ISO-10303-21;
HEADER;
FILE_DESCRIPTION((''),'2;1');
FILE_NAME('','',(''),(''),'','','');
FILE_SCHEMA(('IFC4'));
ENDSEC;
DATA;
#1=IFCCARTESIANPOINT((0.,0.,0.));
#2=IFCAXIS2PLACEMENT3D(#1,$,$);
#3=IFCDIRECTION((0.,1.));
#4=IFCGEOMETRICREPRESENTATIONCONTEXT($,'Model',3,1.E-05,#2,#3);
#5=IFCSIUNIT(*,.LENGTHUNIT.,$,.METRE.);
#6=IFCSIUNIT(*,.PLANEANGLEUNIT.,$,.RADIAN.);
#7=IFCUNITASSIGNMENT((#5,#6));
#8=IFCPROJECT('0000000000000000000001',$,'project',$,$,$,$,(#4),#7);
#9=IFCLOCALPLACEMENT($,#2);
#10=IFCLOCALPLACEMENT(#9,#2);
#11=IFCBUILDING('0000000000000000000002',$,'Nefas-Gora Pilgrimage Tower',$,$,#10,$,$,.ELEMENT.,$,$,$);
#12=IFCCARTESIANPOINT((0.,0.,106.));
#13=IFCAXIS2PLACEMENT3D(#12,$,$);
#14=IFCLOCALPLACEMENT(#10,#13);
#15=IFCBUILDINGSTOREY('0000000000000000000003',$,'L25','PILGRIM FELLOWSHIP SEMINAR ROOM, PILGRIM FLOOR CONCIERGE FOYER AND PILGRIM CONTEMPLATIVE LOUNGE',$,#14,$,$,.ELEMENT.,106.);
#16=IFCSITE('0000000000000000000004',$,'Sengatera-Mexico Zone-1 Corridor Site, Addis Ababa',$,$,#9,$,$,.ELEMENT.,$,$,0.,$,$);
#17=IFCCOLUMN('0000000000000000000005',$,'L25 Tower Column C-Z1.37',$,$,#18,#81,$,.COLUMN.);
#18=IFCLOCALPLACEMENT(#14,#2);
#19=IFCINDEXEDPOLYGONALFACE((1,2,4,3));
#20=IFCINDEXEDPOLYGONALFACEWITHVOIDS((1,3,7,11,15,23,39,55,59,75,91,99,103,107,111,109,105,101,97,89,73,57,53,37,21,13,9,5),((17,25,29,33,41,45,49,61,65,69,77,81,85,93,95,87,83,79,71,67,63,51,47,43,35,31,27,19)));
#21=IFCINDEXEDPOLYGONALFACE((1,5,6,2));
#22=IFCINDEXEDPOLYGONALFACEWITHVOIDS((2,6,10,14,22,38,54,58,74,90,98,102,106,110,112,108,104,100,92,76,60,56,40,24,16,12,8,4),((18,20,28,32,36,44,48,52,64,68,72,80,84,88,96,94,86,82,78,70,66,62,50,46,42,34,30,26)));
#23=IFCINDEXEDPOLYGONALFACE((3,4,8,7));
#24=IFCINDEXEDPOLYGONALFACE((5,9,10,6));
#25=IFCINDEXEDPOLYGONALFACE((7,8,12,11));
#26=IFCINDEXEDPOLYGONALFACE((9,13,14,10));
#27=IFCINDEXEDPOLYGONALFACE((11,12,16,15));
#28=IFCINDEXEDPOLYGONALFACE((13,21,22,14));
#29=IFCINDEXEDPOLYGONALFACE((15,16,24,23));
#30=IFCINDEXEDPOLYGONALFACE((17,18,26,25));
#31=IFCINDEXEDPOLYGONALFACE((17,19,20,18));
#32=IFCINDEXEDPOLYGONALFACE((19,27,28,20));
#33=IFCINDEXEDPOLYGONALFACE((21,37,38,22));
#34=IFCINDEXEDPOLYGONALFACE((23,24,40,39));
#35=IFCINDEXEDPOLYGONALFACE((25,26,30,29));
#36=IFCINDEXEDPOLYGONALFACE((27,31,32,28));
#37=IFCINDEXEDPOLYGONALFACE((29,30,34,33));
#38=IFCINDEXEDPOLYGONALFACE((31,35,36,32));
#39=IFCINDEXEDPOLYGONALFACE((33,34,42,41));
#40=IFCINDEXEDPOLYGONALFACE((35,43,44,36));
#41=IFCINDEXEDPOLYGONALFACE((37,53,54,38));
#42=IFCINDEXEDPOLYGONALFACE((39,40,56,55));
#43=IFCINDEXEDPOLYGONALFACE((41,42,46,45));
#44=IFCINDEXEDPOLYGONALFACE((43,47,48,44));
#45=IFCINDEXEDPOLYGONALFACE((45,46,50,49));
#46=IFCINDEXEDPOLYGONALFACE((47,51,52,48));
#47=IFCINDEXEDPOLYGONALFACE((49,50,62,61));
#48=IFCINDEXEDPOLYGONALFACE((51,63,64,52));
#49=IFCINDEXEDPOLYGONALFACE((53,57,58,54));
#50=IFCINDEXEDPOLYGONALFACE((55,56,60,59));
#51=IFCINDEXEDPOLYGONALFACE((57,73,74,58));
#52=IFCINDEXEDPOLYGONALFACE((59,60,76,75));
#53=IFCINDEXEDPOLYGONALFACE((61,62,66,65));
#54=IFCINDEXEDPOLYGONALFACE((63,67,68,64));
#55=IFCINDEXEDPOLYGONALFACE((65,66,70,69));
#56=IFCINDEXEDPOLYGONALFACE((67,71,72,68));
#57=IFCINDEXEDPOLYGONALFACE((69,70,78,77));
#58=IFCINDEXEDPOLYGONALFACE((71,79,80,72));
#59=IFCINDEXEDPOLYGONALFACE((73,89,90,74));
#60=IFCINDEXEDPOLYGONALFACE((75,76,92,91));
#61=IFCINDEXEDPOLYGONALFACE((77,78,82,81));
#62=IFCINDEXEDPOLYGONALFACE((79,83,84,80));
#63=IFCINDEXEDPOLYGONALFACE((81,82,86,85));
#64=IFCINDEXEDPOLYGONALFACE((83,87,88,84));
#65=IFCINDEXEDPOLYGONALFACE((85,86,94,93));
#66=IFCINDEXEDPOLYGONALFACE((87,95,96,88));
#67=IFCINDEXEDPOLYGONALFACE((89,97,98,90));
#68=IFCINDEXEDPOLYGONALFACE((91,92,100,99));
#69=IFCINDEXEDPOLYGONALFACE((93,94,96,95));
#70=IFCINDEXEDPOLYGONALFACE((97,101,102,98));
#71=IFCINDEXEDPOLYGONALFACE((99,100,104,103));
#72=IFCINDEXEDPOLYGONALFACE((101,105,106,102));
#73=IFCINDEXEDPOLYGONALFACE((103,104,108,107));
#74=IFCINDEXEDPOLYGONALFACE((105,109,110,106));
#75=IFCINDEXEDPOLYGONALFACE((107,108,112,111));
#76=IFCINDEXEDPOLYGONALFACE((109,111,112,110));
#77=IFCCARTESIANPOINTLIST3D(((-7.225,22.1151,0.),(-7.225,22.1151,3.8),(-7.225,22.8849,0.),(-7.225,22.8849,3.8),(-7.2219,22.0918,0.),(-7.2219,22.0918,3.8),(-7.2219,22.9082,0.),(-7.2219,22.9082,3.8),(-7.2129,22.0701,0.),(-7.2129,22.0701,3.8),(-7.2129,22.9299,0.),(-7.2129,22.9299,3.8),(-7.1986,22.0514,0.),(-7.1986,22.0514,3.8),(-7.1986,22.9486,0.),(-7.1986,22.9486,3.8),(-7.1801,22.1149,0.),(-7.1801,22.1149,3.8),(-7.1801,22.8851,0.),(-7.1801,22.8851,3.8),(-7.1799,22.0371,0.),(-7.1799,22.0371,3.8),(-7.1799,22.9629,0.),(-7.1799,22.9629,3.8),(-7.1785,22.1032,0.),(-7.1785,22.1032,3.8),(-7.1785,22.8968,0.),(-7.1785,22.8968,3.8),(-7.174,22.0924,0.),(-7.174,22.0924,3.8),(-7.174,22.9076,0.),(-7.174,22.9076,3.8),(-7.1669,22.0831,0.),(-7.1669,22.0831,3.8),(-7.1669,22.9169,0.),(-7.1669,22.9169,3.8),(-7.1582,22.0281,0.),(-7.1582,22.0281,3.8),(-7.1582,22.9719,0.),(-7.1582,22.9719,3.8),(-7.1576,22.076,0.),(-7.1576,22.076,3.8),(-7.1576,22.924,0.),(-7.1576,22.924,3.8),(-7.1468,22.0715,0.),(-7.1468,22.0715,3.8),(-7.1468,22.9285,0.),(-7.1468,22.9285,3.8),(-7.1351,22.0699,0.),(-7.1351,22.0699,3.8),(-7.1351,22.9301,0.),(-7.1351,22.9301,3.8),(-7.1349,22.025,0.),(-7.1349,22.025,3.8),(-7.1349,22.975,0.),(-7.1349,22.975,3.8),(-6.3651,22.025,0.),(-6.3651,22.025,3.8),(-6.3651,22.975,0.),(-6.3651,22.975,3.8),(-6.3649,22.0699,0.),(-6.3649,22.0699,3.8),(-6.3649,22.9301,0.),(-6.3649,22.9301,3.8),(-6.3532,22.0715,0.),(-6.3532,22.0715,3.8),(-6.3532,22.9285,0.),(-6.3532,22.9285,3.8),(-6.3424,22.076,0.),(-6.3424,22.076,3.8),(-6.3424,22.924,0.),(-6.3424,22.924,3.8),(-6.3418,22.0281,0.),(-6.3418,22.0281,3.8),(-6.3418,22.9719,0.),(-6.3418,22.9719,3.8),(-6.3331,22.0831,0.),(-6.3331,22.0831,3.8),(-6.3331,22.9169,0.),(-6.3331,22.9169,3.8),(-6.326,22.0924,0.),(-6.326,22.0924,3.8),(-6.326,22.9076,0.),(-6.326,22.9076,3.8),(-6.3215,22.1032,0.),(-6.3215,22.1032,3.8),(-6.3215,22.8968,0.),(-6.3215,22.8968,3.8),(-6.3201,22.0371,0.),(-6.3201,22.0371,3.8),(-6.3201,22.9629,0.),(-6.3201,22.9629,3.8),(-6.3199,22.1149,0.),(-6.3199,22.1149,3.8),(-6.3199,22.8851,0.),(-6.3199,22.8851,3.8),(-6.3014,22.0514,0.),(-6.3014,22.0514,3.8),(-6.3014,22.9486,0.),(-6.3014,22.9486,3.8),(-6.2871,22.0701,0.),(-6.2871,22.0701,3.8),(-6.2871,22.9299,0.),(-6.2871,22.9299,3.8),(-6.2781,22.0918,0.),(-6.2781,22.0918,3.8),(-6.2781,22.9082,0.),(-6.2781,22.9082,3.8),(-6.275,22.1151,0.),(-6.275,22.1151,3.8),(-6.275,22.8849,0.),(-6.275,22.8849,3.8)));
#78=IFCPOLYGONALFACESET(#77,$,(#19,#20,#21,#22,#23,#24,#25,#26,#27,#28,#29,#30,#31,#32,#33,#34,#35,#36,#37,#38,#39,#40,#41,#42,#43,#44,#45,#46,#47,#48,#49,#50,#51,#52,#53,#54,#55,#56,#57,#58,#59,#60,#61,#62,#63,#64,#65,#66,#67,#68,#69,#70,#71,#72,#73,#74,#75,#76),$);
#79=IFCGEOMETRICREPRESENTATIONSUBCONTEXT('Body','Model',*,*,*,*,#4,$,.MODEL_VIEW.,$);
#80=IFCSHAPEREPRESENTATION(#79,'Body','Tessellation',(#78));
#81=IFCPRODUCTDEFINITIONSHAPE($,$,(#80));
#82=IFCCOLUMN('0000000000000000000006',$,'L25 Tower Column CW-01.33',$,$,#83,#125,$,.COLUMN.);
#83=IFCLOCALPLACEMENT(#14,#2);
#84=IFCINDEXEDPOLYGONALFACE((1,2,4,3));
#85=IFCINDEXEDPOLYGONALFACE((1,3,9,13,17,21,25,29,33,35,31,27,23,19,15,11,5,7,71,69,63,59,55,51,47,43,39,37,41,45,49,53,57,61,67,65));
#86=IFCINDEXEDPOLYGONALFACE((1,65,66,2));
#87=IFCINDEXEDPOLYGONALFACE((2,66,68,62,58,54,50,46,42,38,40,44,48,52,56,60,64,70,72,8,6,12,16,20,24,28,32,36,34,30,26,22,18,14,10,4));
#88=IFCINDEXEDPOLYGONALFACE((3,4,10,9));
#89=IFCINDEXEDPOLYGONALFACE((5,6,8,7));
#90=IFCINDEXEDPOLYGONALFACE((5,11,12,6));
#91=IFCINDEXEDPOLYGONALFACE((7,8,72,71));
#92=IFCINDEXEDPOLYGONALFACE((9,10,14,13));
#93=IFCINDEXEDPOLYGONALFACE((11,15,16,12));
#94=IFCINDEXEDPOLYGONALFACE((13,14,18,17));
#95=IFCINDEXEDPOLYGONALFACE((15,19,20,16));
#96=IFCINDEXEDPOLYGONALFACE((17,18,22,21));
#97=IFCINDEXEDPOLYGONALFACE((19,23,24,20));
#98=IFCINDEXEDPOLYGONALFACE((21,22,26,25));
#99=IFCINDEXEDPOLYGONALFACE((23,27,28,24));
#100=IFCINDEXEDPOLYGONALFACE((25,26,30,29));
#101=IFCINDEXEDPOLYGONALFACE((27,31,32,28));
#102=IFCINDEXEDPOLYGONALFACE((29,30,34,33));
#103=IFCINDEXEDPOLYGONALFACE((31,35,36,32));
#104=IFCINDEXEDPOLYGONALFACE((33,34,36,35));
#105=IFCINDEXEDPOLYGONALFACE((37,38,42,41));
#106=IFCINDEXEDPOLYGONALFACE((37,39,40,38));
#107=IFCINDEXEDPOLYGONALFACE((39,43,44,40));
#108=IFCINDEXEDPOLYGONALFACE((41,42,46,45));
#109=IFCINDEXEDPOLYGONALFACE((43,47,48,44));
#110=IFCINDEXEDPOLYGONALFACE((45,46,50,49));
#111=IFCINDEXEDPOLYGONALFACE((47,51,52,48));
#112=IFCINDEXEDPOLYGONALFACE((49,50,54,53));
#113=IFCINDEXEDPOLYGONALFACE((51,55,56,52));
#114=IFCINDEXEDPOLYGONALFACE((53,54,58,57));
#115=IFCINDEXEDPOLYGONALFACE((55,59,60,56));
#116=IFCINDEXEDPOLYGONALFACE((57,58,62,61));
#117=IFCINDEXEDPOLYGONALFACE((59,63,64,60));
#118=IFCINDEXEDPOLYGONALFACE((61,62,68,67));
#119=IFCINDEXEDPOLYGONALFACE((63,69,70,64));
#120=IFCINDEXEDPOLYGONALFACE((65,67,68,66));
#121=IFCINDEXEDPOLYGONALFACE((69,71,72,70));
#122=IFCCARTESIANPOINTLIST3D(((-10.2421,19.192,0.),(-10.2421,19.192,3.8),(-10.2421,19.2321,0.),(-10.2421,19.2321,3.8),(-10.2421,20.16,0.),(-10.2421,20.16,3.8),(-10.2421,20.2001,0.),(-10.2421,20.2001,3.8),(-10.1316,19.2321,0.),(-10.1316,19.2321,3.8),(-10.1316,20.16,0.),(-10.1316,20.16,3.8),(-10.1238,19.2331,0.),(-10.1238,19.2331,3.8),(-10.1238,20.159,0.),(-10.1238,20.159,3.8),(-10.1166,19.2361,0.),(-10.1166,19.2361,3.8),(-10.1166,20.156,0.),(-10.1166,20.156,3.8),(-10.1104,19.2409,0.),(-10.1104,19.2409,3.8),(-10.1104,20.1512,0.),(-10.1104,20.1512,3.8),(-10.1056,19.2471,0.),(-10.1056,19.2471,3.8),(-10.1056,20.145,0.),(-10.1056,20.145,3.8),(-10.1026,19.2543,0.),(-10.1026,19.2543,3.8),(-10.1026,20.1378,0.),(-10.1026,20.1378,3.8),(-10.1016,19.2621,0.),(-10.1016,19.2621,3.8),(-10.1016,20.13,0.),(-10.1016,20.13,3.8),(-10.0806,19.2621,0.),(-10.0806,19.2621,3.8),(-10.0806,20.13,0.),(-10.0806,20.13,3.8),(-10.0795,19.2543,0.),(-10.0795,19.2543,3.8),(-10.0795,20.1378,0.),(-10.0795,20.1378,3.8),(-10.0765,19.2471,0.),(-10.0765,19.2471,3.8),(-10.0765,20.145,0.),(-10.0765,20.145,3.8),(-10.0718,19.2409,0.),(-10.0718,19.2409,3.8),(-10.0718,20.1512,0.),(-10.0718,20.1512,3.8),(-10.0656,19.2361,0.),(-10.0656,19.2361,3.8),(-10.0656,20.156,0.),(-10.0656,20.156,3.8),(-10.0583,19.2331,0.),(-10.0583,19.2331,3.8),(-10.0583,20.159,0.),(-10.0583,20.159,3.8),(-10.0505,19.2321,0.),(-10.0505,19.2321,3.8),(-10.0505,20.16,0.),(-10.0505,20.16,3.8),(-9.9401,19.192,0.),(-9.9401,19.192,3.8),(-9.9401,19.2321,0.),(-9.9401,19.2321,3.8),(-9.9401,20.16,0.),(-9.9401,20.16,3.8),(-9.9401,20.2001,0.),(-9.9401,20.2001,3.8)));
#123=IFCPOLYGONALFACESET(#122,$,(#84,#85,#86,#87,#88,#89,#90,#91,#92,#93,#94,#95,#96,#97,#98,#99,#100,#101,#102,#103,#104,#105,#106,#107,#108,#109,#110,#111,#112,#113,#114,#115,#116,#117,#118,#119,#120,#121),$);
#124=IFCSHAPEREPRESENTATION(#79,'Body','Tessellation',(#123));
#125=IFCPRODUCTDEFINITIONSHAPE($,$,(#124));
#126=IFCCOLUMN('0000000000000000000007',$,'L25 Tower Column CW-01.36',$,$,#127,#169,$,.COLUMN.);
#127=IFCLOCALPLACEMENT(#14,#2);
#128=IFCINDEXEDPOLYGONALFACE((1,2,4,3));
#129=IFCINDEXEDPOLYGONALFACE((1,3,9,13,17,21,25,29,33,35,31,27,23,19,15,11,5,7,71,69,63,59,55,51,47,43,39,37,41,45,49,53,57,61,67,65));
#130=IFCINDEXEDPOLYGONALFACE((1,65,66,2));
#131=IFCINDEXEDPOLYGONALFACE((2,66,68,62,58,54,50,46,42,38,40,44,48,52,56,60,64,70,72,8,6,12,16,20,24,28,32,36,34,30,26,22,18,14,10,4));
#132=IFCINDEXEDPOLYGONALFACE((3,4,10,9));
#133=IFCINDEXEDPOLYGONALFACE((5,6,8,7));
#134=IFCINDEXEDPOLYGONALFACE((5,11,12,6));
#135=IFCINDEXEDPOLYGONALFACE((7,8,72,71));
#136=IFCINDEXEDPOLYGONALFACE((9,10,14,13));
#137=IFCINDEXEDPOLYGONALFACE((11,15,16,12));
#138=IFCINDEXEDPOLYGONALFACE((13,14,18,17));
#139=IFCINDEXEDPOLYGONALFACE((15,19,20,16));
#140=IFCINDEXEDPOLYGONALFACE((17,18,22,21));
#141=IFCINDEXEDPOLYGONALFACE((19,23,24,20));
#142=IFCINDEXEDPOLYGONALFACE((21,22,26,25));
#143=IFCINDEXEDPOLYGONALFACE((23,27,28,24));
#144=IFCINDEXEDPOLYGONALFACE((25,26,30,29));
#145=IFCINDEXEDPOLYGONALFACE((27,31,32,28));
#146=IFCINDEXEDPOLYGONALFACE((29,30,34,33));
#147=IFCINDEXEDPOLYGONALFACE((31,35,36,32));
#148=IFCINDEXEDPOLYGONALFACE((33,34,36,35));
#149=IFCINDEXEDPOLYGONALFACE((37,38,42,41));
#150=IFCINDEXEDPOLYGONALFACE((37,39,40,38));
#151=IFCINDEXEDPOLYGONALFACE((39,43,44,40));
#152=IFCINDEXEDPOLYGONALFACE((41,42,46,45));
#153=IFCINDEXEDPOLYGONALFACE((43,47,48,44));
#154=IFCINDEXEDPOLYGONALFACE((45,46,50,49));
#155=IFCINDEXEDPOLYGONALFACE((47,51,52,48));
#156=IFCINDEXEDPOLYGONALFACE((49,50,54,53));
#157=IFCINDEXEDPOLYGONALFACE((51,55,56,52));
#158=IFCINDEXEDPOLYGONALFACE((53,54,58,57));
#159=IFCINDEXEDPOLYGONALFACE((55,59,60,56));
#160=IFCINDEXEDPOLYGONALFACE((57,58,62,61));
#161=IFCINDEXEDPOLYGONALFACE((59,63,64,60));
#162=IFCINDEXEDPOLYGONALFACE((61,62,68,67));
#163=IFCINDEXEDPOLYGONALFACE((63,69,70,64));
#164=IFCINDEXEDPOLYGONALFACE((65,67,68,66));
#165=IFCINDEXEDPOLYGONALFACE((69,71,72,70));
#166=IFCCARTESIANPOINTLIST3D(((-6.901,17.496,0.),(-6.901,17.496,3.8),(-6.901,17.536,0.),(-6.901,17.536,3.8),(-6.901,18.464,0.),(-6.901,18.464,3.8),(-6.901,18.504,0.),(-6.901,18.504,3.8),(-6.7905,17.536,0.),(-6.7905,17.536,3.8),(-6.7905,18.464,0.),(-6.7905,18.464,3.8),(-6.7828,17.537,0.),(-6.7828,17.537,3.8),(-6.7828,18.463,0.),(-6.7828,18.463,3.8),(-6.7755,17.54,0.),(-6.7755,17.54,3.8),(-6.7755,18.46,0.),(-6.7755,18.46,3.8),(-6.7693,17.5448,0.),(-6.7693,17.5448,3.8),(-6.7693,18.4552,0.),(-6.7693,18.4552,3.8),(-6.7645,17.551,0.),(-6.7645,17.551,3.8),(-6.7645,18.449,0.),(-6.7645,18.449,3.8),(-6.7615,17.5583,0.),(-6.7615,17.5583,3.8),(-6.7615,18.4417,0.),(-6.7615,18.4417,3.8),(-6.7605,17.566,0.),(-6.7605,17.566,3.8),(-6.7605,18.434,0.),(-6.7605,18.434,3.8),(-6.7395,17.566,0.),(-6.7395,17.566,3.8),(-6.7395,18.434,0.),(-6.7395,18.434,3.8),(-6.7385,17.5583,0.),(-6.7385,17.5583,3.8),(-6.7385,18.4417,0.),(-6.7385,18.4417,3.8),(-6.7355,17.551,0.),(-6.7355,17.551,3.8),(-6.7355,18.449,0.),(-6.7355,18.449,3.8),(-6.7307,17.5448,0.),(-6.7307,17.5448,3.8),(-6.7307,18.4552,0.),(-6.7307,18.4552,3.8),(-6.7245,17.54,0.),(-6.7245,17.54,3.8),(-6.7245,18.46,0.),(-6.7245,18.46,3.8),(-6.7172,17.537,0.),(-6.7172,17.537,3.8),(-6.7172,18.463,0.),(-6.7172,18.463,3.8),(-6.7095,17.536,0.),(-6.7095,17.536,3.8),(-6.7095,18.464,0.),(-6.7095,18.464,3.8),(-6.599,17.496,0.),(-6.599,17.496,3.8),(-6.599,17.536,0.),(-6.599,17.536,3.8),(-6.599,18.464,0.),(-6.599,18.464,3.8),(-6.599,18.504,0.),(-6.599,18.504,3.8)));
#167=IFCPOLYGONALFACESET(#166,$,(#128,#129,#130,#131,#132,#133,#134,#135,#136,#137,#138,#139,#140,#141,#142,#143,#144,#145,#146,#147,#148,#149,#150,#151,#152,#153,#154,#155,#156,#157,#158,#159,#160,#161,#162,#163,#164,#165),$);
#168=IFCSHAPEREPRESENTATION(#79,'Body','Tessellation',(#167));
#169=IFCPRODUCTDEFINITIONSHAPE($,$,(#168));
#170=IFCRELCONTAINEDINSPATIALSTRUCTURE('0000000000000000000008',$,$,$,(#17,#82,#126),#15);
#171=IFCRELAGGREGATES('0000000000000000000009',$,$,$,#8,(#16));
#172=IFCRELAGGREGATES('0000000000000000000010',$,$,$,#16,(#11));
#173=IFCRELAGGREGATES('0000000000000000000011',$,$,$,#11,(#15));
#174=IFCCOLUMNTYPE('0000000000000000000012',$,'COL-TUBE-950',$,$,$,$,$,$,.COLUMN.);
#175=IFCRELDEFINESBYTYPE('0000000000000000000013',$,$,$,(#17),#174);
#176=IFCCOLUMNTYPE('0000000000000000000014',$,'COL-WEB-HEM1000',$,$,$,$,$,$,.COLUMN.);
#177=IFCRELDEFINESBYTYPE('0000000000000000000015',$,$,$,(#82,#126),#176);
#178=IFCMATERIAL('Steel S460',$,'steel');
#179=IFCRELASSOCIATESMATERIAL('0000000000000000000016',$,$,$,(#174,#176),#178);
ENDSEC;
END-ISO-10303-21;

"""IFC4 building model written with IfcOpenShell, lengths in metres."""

from ifc_helpers import new_model, si_unit, direction, frame, origin, origin_2d, place, context, subcontext, project, spatial, hollow_rectangle, i_section, extrude, source, transform, mapped, material, material_profile, profile_set, type_object, element, save


model = new_model("IFC4")

# Units and contexts
model_context = context("Model", 3, precision=1e-05, world=origin(), true_north=direction((0.0, 1.0)))
body_context = subcontext(model_context, "Body", "Model", "MODEL_VIEW")
ifc_project = project(units=[si_unit("LENGTHUNIT", "METRE"), si_unit("PLANEANGLEUNIT", "RADIAN")], contexts=[model_context])

# Site, building, storey
site_placement = place(None, origin())
site = spatial("IfcSite", under=ifc_project, at=site_placement, Name="Sengatera-Mexico Zone-1 Corridor Site, Addis Ababa", CompositionType="ELEMENT", RefElevation=0.0)
building_placement = place(site_placement, origin())
building = spatial("IfcBuilding", under=site, at=building_placement, Name="Nefas-Gora Pilgrimage Tower", CompositionType="ELEMENT")
storey_placement = place(building_placement, frame((0.0, 0.0, 106.0)))
storey = spatial("IfcBuildingStorey", under=building, at=storey_placement, Name="L25", Description="PILGRIM FELLOWSHIP SEMINAR ROOM, PILGRIM FLOOR CONCIERGE FOYER AND PILGRIM CONTEMPLATIVE LOUNGE", CompositionType="ELEMENT", Elevation=106.0)

# Columns
ifc_material_1 = material(Name="Steel S460", Category="steel")
ifc_material_profile_1 = material_profile(ifc_material_1, hollow_rectangle(XDim=0.95, YDim=0.95, WallThickness=0.0449, InnerFilletRadius=0.0449, OuterFilletRadius=0.0901, at=origin_2d()), Name="BOX 950x950x45")
ifc_profile_set_1 = profile_set([ifc_material_profile_1], Name="Steel S460")
column_type_1 = type_object("IfcColumnType", Name="COL-TUBE-950", PredefinedType="COLUMN", material=ifc_profile_set_1)
shared_shape_1 = source(origin(), body_context, "Body", "SweptSolid", [
    extrude(hollow_rectangle(XDim=0.95, YDim=0.95, WallThickness=0.0449, InnerFilletRadius=0.0449, OuterFilletRadius=0.0901, at=origin_2d()), origin(), (0.0, 0.0, 1.0), 3.8),
])
column_placement = place(storey_placement, frame((-6.75, 22.5, 0.0), z_axis=(0.0, 0.0, 1.0), x_axis=(1.0, 0.0, 0.0)))
element("IfcColumn", 1, at=column_placement, inside=storey, type_object=column_type_1, Name="L25 Tower Column C-Z1.37", PredefinedType="COLUMN", context=body_context, shape_type="MappedRepresentation", body=[
    mapped(shared_shape_1, transform((0.0, 0.0, 0.0), x_axis=(1.0, 0.0, 0.0), y_axis=(0.0, 1.0, 0.0), z_axis=(0.0, 0.0, 1.0), scale=1.0)),
])
ifc_material_profile_2 = material_profile(ifc_material_1, i_section(OverallWidth=0.302, OverallDepth=1.0081, WebThickness=0.021, FlangeThickness=0.04, FilletRadius=0.03, at=origin_2d()), Name="HEM 1000")
ifc_profile_set_2 = profile_set([ifc_material_profile_2], Name="Steel S460")
column_type_2 = type_object("IfcColumnType", Name="COL-WEB-HEM1000", PredefinedType="COLUMN", material=ifc_profile_set_2)
shared_shape_2 = source(origin(), body_context, "Body", "SweptSolid", [
    extrude(i_section(OverallWidth=0.302, OverallDepth=1.0081, WebThickness=0.021, FlangeThickness=0.04, FilletRadius=0.03, at=origin_2d()), origin(), (0.0, 0.0, 1.0), 3.8),
])
for number, where, z_axis, x_axis, name in (
    (2, (-10.0911, 19.696, 0.0), (0.0, 0.0, 1.0), (1.0, 0.0, 0.0), "L25 Tower Column CW-01.33"),
    (3, (-6.75, 18.0, 0.0), (0.0, 0.0, 1.0), (1.0, 0.0, 0.0), "L25 Tower Column CW-01.36"),
):
    element("IfcColumn", number, at=place(storey_placement, frame(where, z_axis=z_axis, x_axis=x_axis)), inside=storey, type_object=column_type_2, Name=name, PredefinedType="COLUMN", context=body_context, shape_type="MappedRepresentation", body=[
        mapped(shared_shape_2, transform((0.0, 0.0, 0.0), x_axis=(1.0, 0.0, 0.0), y_axis=(0.0, 1.0, 0.0), z_axis=(0.0, 0.0, 1.0), scale=1.0)),
    ])

save(model, "model.ifc")
